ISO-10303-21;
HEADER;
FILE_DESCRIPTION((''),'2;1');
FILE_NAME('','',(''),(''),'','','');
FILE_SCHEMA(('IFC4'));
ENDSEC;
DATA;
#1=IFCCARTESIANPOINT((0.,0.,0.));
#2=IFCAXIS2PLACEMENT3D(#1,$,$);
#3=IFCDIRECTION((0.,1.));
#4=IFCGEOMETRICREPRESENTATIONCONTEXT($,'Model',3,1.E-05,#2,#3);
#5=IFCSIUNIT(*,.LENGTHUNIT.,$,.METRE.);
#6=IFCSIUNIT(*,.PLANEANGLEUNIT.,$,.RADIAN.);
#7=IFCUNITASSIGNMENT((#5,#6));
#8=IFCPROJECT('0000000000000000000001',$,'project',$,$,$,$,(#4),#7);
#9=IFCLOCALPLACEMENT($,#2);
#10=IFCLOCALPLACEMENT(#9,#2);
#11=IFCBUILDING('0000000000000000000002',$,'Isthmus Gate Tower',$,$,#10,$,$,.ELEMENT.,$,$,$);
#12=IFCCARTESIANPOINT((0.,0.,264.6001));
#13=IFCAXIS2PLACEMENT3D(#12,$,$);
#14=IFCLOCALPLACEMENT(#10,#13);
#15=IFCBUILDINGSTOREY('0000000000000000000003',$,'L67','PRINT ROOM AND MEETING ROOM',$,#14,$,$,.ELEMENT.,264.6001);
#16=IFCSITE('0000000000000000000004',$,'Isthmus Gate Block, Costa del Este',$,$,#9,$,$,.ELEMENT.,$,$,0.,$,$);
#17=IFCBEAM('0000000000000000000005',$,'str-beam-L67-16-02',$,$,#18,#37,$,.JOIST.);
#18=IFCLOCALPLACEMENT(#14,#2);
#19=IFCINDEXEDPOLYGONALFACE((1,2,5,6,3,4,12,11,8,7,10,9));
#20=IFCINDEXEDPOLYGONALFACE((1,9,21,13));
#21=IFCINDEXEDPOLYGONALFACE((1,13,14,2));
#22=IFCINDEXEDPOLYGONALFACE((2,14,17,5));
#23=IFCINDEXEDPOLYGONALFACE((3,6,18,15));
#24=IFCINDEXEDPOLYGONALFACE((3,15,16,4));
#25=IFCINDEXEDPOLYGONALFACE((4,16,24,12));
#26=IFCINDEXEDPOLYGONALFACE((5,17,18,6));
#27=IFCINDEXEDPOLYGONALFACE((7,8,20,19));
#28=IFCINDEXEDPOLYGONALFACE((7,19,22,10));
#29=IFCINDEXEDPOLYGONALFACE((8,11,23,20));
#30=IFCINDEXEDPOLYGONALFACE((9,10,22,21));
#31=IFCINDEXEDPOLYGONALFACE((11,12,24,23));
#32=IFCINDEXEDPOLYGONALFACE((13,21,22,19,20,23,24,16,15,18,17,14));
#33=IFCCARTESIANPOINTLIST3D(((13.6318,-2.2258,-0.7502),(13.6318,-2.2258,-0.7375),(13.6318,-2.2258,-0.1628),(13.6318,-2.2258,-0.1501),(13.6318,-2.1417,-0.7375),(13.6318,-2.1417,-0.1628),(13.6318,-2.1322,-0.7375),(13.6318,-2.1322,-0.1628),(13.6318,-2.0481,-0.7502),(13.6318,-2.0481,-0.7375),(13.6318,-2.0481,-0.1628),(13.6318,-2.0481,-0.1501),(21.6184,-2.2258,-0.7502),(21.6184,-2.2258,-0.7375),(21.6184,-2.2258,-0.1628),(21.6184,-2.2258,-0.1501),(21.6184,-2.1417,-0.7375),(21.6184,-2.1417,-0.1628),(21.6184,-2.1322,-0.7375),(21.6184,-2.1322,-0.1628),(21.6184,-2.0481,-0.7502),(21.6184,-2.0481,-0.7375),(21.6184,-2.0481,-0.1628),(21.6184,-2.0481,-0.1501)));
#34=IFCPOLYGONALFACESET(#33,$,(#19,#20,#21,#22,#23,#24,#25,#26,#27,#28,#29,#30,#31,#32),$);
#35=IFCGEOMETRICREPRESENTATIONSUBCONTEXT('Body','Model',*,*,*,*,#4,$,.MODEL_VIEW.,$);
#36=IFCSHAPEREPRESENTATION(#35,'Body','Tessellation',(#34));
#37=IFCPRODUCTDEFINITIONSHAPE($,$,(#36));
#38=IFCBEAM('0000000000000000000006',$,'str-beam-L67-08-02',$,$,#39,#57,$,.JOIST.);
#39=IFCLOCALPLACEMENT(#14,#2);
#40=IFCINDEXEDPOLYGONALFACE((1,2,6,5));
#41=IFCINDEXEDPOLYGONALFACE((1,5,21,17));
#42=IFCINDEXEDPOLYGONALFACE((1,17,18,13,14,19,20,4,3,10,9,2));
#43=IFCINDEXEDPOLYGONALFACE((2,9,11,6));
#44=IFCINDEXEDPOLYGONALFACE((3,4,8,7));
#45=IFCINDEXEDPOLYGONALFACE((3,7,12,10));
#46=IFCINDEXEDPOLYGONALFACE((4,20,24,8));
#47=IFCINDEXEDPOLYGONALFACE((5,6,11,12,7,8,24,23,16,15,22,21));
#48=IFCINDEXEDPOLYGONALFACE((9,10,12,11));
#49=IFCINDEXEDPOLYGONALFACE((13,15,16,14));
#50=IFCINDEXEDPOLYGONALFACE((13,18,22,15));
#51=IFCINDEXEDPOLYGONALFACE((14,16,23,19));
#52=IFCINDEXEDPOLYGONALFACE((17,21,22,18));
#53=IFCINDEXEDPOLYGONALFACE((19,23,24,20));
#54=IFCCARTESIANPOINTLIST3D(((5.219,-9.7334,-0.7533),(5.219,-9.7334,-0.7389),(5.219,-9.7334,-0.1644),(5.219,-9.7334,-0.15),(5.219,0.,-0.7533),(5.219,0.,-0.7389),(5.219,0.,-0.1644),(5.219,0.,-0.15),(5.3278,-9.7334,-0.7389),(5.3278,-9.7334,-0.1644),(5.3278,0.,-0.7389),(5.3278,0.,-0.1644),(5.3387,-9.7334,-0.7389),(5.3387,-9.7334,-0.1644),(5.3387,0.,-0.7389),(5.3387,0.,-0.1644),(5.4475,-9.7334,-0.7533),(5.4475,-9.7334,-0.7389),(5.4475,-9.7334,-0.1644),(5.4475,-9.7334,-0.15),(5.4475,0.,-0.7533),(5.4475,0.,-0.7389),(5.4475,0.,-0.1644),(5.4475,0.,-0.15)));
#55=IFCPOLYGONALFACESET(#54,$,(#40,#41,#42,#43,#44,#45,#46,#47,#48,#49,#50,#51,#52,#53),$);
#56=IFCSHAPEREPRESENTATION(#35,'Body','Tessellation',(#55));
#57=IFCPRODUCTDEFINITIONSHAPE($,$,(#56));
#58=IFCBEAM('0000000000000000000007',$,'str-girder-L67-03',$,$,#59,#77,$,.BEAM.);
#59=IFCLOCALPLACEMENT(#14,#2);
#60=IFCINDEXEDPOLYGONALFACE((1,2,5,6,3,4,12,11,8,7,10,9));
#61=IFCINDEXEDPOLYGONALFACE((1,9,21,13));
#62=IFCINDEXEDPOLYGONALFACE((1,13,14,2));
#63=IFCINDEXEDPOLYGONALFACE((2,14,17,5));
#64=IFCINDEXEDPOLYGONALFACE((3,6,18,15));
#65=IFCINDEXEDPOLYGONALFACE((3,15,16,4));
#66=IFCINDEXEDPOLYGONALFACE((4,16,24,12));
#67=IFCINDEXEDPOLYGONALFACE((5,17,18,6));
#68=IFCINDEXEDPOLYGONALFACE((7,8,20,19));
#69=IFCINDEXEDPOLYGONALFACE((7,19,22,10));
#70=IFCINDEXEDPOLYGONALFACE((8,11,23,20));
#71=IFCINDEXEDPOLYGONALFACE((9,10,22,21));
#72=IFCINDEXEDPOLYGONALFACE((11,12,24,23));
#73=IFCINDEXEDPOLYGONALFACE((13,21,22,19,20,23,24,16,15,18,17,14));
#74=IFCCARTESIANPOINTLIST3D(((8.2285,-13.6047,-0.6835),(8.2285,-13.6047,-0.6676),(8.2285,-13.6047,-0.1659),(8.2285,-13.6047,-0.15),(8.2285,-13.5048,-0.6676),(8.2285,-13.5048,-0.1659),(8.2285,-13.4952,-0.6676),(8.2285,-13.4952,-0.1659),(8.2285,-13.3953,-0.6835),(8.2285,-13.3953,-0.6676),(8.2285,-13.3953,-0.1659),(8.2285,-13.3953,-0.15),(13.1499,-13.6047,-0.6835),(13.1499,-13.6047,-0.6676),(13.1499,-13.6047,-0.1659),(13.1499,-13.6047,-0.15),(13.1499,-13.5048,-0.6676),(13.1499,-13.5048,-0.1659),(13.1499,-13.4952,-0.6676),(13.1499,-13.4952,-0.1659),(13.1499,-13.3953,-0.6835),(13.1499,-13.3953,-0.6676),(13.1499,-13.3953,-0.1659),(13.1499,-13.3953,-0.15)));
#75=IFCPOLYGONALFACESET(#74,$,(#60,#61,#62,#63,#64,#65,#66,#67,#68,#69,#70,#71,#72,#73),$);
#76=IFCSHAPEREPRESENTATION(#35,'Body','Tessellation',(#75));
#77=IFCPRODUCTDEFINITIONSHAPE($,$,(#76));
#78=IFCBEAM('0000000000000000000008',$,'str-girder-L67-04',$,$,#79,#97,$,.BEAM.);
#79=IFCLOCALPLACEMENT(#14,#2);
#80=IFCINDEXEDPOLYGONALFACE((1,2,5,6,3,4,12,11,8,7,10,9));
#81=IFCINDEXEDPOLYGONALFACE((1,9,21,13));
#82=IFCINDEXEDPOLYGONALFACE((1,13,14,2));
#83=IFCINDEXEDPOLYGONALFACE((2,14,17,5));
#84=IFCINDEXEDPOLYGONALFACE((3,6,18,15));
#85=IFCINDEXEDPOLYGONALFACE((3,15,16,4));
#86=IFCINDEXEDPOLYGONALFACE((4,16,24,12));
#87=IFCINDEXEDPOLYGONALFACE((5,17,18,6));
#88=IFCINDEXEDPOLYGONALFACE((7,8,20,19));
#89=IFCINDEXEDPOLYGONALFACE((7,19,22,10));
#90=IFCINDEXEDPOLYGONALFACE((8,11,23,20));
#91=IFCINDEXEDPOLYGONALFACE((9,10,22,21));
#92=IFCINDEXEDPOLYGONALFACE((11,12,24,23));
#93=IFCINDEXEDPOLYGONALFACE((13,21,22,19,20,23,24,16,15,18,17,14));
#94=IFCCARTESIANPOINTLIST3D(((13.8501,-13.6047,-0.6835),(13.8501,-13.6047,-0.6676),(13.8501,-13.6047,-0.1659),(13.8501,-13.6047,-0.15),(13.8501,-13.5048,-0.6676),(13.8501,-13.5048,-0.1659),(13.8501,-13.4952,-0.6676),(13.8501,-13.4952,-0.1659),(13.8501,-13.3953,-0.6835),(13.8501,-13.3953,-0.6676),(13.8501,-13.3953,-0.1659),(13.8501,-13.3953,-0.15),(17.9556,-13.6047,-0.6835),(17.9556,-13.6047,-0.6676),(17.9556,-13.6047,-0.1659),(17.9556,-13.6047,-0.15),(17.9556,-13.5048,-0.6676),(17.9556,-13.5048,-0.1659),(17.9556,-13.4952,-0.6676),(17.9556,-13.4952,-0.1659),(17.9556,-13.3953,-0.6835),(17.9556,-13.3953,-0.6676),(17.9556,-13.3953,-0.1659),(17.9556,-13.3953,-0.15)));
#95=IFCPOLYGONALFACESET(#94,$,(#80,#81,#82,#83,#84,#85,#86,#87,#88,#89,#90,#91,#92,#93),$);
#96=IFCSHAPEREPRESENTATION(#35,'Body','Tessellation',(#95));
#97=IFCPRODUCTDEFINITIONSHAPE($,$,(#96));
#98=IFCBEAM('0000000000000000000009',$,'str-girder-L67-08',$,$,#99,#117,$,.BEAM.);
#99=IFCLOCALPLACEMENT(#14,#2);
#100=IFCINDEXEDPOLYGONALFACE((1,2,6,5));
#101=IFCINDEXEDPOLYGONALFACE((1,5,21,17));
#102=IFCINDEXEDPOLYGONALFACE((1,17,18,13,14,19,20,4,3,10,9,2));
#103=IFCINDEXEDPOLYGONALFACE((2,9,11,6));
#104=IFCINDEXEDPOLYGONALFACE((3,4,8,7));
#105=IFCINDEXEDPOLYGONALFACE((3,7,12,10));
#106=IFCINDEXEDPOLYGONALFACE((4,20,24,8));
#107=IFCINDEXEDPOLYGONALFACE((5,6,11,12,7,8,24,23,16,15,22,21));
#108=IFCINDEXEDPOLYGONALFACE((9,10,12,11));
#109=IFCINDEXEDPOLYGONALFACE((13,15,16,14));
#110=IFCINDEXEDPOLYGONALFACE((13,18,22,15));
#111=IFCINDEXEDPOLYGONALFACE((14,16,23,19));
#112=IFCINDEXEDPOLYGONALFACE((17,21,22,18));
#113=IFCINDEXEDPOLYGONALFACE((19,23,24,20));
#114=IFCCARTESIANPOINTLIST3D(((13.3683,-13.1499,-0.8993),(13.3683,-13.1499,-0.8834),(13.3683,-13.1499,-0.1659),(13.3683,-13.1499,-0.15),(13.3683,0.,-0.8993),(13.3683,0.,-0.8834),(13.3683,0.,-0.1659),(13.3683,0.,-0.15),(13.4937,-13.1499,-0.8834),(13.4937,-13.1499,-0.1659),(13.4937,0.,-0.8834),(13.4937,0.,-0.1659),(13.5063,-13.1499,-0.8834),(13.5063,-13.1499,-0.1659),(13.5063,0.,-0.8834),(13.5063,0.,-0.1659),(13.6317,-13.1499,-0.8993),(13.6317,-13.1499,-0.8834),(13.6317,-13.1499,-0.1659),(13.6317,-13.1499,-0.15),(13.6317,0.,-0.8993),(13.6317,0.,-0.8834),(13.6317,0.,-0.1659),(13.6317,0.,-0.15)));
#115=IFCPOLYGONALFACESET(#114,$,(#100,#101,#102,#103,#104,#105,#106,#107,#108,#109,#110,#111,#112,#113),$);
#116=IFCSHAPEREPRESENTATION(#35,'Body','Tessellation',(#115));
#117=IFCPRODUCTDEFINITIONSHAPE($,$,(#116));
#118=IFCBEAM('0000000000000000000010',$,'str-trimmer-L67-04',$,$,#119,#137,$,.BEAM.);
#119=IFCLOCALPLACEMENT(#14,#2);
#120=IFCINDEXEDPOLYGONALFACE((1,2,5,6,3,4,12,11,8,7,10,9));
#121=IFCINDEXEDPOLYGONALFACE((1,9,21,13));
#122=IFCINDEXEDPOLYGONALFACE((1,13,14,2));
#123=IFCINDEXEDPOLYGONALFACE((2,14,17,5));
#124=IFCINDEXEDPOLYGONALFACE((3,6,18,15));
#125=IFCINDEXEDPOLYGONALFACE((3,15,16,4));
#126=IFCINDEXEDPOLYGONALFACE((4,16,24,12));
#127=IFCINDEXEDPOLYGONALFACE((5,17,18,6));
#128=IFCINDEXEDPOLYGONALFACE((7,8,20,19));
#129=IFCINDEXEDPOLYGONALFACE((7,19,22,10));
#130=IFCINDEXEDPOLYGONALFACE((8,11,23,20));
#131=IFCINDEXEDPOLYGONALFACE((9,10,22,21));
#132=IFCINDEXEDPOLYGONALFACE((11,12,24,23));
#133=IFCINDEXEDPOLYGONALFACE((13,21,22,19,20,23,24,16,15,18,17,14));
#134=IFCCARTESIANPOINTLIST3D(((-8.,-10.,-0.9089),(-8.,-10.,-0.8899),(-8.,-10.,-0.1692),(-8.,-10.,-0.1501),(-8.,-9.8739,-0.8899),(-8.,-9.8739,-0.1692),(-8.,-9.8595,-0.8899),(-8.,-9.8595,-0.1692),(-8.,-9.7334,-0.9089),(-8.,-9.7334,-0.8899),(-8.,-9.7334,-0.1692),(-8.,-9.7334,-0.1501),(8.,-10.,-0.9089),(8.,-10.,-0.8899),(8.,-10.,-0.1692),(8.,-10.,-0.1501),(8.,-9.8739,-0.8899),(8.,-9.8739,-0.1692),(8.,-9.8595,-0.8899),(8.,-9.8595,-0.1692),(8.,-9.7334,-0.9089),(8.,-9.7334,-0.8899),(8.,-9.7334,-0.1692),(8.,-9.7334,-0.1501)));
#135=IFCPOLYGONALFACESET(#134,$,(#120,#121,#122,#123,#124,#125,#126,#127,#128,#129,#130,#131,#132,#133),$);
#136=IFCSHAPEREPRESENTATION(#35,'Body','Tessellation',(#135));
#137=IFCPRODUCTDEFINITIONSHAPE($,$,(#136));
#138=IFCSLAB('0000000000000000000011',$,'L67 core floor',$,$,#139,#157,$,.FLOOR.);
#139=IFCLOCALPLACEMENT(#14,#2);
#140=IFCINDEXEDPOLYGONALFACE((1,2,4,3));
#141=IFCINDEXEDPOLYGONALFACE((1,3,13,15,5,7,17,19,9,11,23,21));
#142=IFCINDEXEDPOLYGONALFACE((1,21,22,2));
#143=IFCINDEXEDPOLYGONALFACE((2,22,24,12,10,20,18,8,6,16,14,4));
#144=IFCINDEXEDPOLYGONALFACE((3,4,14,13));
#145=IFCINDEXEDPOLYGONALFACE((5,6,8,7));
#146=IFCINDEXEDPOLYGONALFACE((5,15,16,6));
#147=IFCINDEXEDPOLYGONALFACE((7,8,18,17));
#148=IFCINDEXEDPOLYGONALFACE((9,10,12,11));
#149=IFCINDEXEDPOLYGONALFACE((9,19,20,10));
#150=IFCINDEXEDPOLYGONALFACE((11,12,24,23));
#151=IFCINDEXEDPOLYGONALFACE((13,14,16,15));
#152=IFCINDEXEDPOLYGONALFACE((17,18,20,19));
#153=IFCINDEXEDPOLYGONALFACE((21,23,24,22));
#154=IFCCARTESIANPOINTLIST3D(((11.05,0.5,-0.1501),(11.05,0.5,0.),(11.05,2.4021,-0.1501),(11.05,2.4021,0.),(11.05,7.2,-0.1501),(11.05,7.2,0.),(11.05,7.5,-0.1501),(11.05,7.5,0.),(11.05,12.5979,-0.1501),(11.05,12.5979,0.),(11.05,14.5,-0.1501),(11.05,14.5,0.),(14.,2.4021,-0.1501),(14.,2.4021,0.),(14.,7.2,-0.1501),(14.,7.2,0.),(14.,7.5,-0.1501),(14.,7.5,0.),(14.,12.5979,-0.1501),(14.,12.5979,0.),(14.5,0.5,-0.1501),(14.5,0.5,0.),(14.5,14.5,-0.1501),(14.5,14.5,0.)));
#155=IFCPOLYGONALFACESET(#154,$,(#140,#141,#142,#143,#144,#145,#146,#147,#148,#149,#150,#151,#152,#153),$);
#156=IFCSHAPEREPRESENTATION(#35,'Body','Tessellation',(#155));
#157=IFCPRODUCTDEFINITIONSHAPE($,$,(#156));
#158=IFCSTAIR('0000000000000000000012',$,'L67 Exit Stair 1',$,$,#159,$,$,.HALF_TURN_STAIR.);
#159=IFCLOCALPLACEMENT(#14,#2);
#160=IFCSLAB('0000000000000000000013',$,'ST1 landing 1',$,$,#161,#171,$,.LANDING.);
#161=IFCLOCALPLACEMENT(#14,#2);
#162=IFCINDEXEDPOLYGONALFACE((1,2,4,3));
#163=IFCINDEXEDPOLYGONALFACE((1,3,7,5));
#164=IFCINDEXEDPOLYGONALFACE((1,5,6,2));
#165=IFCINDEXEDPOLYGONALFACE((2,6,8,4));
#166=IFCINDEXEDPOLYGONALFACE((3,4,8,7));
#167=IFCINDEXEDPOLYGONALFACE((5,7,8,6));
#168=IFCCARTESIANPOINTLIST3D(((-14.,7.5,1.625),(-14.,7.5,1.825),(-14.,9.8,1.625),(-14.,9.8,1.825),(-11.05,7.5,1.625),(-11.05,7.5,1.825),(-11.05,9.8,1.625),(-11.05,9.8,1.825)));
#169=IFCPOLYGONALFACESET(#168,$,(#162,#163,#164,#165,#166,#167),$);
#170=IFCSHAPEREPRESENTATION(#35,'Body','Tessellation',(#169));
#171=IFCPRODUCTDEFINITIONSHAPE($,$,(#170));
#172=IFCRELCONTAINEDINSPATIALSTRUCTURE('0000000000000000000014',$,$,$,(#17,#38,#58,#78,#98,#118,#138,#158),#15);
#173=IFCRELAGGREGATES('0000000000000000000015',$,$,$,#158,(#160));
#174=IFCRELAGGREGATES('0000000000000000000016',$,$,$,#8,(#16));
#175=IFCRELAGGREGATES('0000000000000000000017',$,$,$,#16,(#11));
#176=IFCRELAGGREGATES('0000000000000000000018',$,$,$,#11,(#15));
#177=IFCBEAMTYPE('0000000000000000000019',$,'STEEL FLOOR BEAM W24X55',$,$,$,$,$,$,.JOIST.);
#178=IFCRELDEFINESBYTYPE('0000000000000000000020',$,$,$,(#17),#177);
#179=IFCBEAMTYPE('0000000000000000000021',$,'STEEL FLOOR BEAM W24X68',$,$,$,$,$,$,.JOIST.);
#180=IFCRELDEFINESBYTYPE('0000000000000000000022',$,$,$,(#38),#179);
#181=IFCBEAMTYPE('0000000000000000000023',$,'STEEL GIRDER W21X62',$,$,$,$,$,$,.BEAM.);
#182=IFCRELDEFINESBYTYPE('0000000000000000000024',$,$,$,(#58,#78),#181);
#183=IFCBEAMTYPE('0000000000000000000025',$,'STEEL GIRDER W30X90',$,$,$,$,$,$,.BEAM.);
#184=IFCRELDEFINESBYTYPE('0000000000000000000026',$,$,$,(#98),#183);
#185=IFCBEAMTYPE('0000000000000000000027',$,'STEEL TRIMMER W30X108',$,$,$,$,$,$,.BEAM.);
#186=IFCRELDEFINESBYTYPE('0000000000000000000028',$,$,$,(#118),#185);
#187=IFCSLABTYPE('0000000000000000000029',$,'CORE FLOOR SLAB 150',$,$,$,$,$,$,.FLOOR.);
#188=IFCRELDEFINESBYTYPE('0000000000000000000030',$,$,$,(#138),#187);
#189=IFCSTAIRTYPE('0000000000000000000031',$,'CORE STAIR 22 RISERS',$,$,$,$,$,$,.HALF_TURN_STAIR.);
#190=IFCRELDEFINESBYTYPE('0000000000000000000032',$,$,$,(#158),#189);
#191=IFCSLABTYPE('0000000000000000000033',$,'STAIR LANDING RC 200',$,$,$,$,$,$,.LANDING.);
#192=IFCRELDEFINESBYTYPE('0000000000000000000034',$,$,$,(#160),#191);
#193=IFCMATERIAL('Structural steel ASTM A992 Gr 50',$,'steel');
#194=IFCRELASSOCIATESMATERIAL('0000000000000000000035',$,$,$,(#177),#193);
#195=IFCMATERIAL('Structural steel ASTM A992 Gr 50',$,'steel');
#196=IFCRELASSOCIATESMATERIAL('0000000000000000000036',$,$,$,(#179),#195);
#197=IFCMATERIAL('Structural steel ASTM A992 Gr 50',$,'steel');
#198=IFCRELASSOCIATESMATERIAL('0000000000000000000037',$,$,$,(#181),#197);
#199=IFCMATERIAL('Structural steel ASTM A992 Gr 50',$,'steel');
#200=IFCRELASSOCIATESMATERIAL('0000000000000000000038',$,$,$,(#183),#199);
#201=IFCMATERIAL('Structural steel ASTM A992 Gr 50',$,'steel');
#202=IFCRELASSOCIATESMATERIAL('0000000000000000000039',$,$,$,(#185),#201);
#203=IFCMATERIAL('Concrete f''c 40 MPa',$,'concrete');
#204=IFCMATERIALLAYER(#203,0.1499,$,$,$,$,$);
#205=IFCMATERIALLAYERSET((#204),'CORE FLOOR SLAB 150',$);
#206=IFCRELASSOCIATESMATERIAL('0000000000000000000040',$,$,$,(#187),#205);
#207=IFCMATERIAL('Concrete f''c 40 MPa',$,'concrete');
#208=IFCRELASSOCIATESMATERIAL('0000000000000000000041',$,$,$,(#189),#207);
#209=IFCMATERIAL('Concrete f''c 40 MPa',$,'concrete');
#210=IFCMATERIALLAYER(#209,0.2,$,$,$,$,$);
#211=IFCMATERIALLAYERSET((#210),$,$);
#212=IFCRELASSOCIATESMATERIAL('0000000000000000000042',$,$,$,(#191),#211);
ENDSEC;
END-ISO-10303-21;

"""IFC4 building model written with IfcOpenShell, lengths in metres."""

from ifc_helpers import new_model, si_unit, direction, frame, origin, origin_2d, place, context, subcontext, project, spatial, polyline, i_section, outline, extrude, material, layer, layer_set, material_profile, profile_set, type_object, element, aggregate, save


model = new_model("IFC4")

# Units and contexts
model_context = context("Model", 3, precision=1e-05, world=origin(), true_north=direction((0.0, 1.0)))
body_context = subcontext(model_context, "Body", "Model", "MODEL_VIEW")
ifc_project = project(units=[si_unit("LENGTHUNIT", "METRE"), si_unit("PLANEANGLEUNIT", "RADIAN")], contexts=[model_context])

# Site, building, storey
site_placement = place(None, origin())
site = spatial("IfcSite", under=ifc_project, at=site_placement, Name="Isthmus Gate Block, Costa del Este", CompositionType="ELEMENT", RefElevation=0.0)
building_placement = place(site_placement, origin())
building = spatial("IfcBuilding", under=site, at=building_placement, Name="Isthmus Gate Tower", CompositionType="ELEMENT")
storey_placement = place(building_placement, frame((0.0, 0.0, 264.6001)))
storey = spatial("IfcBuildingStorey", under=building, at=storey_placement, Name="L67", Description="PRINT ROOM AND MEETING ROOM", CompositionType="ELEMENT", Elevation=264.6001)

# Beams
ifc_material_1 = material(Name="Structural steel ASTM A992 Gr 50", Category="steel")
ifc_material_profile_1 = material_profile(ifc_material_1, i_section(OverallWidth=0.1777, OverallDepth=0.6001, WebThickness=0.0095, FlangeThickness=0.0127, at=origin_2d()), Name="W24X55")
ifc_profile_set_1 = profile_set([ifc_material_profile_1], Name="Structural steel ASTM A992 Gr 50")
beam_type_1 = type_object("IfcBeamType", Name="STEEL FLOOR BEAM W24X55", PredefinedType="JOIST", material=ifc_profile_set_1)
beam_1_placement = place(storey_placement, frame((13.6318, -2.137, -0.4502), z_axis=(1.0, 0.0, 0.0), x_axis=(0.0, 1.0, 0.0)))
element("IfcBeam", 1, at=beam_1_placement, inside=storey, type_object=beam_type_1, Name="str-beam-L67-16-02", PredefinedType="JOIST", context=body_context, shape_type="SweptSolid", body=[
    extrude(i_section(OverallWidth=0.1777, OverallDepth=0.6001, WebThickness=0.0095, FlangeThickness=0.0127, at=origin_2d()), origin(), (0.0, 0.0, 1.0), 7.9866),
])
ifc_material_2 = material(Name="Structural steel ASTM A992 Gr 50", Category="steel")
ifc_material_profile_2 = material_profile(ifc_material_2, i_section(OverallWidth=0.2285, OverallDepth=0.6033, WebThickness=0.011, FlangeThickness=0.0144, at=origin_2d()), Name="W24X68")
ifc_profile_set_2 = profile_set([ifc_material_profile_2], Name="Structural steel ASTM A992 Gr 50")
beam_type_2 = type_object("IfcBeamType", Name="STEEL FLOOR BEAM W24X68", PredefinedType="JOIST", material=ifc_profile_set_2)
beam_2_placement = place(storey_placement, frame((5.3333, -9.7334, -0.4517), z_axis=(0.0, 1.0, 0.0), x_axis=(-1.0, 0.0, 0.0)))
element("IfcBeam", 2, at=beam_2_placement, inside=storey, type_object=beam_type_2, Name="str-beam-L67-08-02", PredefinedType="JOIST", context=body_context, shape_type="SweptSolid", body=[
    extrude(i_section(OverallWidth=0.2285, OverallDepth=0.6033, WebThickness=0.011, FlangeThickness=0.0144, at=origin_2d()), origin(), (0.0, 0.0, 1.0), 9.7334),
])
ifc_material_3 = material(Name="Structural steel ASTM A992 Gr 50", Category="steel")
ifc_material_profile_3 = material_profile(ifc_material_3, i_section(OverallWidth=0.2095, OverallDepth=0.5334, WebThickness=0.0095, FlangeThickness=0.0159, at=origin_2d()), Name="W21X62")
ifc_profile_set_3 = profile_set([ifc_material_profile_3], Name="Structural steel ASTM A992 Gr 50")
beam_type_3 = type_object("IfcBeamType", Name="STEEL GIRDER W21X62", PredefinedType="BEAM", material=ifc_profile_set_3)
beam_3_placement = place(storey_placement, frame((8.2285, -13.5, -0.4167), z_axis=(1.0, 0.0, 0.0), x_axis=(0.0, 1.0, 0.0)))
element("IfcBeam", 3, at=beam_3_placement, inside=storey, type_object=beam_type_3, Name="str-girder-L67-03", PredefinedType="BEAM", context=body_context, shape_type="SweptSolid", body=[
    extrude(i_section(OverallWidth=0.2095, OverallDepth=0.5334, WebThickness=0.0095, FlangeThickness=0.0159, at=origin_2d()), origin(), (0.0, 0.0, 1.0), 4.9214),
])
beam_4_placement = place(storey_placement, frame((13.8501, -13.5, -0.4167), z_axis=(1.0, 0.0, 0.0), x_axis=(0.0, 1.0, 0.0)))
element("IfcBeam", 4, at=beam_4_placement, inside=storey, type_object=beam_type_3, Name="str-girder-L67-04", PredefinedType="BEAM", context=body_context, shape_type="SweptSolid", body=[
    extrude(i_section(OverallWidth=0.2095, OverallDepth=0.5334, WebThickness=0.0095, FlangeThickness=0.0159, at=origin_2d()), origin(), (0.0, 0.0, 1.0), 4.1055),
])
ifc_material_4 = material(Name="Structural steel ASTM A992 Gr 50", Category="steel")
ifc_material_profile_4 = material_profile(ifc_material_4, i_section(OverallWidth=0.2634, OverallDepth=0.7493, WebThickness=0.0127, FlangeThickness=0.0159, at=origin_2d()), Name="W30X90")
ifc_profile_set_4 = profile_set([ifc_material_profile_4], Name="Structural steel ASTM A992 Gr 50")
beam_type_4 = type_object("IfcBeamType", Name="STEEL GIRDER W30X90", PredefinedType="BEAM", material=ifc_profile_set_4)
beam_5_placement = place(storey_placement, frame((13.5, -13.1499, -0.5247), z_axis=(0.0, 1.0, 0.0), x_axis=(-1.0, 0.0, 0.0)))
element("IfcBeam", 5, at=beam_5_placement, inside=storey, type_object=beam_type_4, Name="str-girder-L67-08", PredefinedType="BEAM", context=body_context, shape_type="SweptSolid", body=[
    extrude(i_section(OverallWidth=0.2634, OverallDepth=0.7493, WebThickness=0.0127, FlangeThickness=0.0159, at=origin_2d()), origin(), (0.0, 0.0, 1.0), 13.1499),
])
ifc_material_5 = material(Name="Structural steel ASTM A992 Gr 50", Category="steel")
ifc_material_profile_5 = material_profile(ifc_material_5, i_section(OverallWidth=0.2666, OverallDepth=0.7588, WebThickness=0.0144, FlangeThickness=0.019, at=origin_2d()), Name="W30X108")
ifc_profile_set_5 = profile_set([ifc_material_profile_5], Name="Structural steel ASTM A992 Gr 50")
beam_type_5 = type_object("IfcBeamType", Name="STEEL TRIMMER W30X108", PredefinedType="BEAM", material=ifc_profile_set_5)
beam_6_placement = place(storey_placement, frame((8.0, -9.8667, -0.5295), z_axis=(-1.0, 0.0, 0.0), x_axis=(0.0, -1.0, 0.0)))
element("IfcBeam", 6, at=beam_6_placement, inside=storey, type_object=beam_type_5, Name="str-trimmer-L67-04", PredefinedType="BEAM", context=body_context, shape_type="SweptSolid", body=[
    extrude(i_section(OverallWidth=0.2666, OverallDepth=0.7588, WebThickness=0.0144, FlangeThickness=0.019, at=origin_2d()), origin(), (0.0, 0.0, 1.0), 16.0),
])

# Slab
ifc_material_6 = material(Name="Concrete f'c 40 MPa", Category="concrete")
ifc_layer_1 = layer(ifc_material_6, 0.1499)
ifc_layer_set_1 = layer_set([ifc_layer_1], Name="CORE FLOOR SLAB 150")
slab_type_1 = type_object("IfcSlabType", Name="CORE FLOOR SLAB 150", PredefinedType="FLOOR", material=ifc_layer_set_1)
slab_1_placement = place(storey_placement, frame((0.0, 0.0, -0.1501)))
element("IfcSlab", 7, at=slab_1_placement, inside=storey, type_object=slab_type_1, Name="L67 core floor", PredefinedType="FLOOR", context=body_context, shape_type="SweptSolid", body=[
    extrude(outline(polyline([(11.05, 14.5), (11.05, 12.5979), (14.0, 12.5979), (14.0, 7.5), (11.05, 7.5), (11.05, 7.2), (14.0, 7.2), (14.0, 2.4021), (11.05, 2.4021), (11.05, 0.5), (14.5, 0.5), (14.5, 14.5), (11.05, 14.5)])), origin(), (0.0, 0.0, 1.0), 0.1501),
])

# Stair, slab
ifc_material_7 = material(Name="Concrete f'c 40 MPa", Category="concrete")
stair_type = type_object("IfcStairType", Name="CORE STAIR 22 RISERS", PredefinedType="HALF_TURN_STAIR", material=ifc_material_7)
stair_1_placement = place(storey_placement, origin())
stair_1 = element("IfcStair", 8, at=stair_1_placement, inside=storey, type_object=stair_type, Name="L67 Exit Stair 1", PredefinedType="HALF_TURN_STAIR")
ifc_material_8 = material(Name="Concrete f'c 40 MPa", Category="concrete")
ifc_layer_2 = layer(ifc_material_8, 0.2)
ifc_layer_set_2 = layer_set([ifc_layer_2])
slab_type_2 = type_object("IfcSlabType", Name="STAIR LANDING RC 200", PredefinedType="LANDING", material=ifc_layer_set_2)
slab_2_placement = place(storey_placement, frame((0.0, 0.0, 1.625)))
slab_2 = element("IfcSlab", 9, at=slab_2_placement, type_object=slab_type_2, Name="ST1 landing 1", PredefinedType="LANDING", context=body_context, shape_type="SweptSolid", body=[
    extrude(outline(polyline([(-14.0, 9.8), (-14.0, 7.5), (-11.05, 7.5), (-11.05, 9.8), (-14.0, 9.8)])), origin(), (0.0, 0.0, 1.0), 0.2),
])
aggregate(stair_1, [slab_2])

save(model, "model.ifc")
